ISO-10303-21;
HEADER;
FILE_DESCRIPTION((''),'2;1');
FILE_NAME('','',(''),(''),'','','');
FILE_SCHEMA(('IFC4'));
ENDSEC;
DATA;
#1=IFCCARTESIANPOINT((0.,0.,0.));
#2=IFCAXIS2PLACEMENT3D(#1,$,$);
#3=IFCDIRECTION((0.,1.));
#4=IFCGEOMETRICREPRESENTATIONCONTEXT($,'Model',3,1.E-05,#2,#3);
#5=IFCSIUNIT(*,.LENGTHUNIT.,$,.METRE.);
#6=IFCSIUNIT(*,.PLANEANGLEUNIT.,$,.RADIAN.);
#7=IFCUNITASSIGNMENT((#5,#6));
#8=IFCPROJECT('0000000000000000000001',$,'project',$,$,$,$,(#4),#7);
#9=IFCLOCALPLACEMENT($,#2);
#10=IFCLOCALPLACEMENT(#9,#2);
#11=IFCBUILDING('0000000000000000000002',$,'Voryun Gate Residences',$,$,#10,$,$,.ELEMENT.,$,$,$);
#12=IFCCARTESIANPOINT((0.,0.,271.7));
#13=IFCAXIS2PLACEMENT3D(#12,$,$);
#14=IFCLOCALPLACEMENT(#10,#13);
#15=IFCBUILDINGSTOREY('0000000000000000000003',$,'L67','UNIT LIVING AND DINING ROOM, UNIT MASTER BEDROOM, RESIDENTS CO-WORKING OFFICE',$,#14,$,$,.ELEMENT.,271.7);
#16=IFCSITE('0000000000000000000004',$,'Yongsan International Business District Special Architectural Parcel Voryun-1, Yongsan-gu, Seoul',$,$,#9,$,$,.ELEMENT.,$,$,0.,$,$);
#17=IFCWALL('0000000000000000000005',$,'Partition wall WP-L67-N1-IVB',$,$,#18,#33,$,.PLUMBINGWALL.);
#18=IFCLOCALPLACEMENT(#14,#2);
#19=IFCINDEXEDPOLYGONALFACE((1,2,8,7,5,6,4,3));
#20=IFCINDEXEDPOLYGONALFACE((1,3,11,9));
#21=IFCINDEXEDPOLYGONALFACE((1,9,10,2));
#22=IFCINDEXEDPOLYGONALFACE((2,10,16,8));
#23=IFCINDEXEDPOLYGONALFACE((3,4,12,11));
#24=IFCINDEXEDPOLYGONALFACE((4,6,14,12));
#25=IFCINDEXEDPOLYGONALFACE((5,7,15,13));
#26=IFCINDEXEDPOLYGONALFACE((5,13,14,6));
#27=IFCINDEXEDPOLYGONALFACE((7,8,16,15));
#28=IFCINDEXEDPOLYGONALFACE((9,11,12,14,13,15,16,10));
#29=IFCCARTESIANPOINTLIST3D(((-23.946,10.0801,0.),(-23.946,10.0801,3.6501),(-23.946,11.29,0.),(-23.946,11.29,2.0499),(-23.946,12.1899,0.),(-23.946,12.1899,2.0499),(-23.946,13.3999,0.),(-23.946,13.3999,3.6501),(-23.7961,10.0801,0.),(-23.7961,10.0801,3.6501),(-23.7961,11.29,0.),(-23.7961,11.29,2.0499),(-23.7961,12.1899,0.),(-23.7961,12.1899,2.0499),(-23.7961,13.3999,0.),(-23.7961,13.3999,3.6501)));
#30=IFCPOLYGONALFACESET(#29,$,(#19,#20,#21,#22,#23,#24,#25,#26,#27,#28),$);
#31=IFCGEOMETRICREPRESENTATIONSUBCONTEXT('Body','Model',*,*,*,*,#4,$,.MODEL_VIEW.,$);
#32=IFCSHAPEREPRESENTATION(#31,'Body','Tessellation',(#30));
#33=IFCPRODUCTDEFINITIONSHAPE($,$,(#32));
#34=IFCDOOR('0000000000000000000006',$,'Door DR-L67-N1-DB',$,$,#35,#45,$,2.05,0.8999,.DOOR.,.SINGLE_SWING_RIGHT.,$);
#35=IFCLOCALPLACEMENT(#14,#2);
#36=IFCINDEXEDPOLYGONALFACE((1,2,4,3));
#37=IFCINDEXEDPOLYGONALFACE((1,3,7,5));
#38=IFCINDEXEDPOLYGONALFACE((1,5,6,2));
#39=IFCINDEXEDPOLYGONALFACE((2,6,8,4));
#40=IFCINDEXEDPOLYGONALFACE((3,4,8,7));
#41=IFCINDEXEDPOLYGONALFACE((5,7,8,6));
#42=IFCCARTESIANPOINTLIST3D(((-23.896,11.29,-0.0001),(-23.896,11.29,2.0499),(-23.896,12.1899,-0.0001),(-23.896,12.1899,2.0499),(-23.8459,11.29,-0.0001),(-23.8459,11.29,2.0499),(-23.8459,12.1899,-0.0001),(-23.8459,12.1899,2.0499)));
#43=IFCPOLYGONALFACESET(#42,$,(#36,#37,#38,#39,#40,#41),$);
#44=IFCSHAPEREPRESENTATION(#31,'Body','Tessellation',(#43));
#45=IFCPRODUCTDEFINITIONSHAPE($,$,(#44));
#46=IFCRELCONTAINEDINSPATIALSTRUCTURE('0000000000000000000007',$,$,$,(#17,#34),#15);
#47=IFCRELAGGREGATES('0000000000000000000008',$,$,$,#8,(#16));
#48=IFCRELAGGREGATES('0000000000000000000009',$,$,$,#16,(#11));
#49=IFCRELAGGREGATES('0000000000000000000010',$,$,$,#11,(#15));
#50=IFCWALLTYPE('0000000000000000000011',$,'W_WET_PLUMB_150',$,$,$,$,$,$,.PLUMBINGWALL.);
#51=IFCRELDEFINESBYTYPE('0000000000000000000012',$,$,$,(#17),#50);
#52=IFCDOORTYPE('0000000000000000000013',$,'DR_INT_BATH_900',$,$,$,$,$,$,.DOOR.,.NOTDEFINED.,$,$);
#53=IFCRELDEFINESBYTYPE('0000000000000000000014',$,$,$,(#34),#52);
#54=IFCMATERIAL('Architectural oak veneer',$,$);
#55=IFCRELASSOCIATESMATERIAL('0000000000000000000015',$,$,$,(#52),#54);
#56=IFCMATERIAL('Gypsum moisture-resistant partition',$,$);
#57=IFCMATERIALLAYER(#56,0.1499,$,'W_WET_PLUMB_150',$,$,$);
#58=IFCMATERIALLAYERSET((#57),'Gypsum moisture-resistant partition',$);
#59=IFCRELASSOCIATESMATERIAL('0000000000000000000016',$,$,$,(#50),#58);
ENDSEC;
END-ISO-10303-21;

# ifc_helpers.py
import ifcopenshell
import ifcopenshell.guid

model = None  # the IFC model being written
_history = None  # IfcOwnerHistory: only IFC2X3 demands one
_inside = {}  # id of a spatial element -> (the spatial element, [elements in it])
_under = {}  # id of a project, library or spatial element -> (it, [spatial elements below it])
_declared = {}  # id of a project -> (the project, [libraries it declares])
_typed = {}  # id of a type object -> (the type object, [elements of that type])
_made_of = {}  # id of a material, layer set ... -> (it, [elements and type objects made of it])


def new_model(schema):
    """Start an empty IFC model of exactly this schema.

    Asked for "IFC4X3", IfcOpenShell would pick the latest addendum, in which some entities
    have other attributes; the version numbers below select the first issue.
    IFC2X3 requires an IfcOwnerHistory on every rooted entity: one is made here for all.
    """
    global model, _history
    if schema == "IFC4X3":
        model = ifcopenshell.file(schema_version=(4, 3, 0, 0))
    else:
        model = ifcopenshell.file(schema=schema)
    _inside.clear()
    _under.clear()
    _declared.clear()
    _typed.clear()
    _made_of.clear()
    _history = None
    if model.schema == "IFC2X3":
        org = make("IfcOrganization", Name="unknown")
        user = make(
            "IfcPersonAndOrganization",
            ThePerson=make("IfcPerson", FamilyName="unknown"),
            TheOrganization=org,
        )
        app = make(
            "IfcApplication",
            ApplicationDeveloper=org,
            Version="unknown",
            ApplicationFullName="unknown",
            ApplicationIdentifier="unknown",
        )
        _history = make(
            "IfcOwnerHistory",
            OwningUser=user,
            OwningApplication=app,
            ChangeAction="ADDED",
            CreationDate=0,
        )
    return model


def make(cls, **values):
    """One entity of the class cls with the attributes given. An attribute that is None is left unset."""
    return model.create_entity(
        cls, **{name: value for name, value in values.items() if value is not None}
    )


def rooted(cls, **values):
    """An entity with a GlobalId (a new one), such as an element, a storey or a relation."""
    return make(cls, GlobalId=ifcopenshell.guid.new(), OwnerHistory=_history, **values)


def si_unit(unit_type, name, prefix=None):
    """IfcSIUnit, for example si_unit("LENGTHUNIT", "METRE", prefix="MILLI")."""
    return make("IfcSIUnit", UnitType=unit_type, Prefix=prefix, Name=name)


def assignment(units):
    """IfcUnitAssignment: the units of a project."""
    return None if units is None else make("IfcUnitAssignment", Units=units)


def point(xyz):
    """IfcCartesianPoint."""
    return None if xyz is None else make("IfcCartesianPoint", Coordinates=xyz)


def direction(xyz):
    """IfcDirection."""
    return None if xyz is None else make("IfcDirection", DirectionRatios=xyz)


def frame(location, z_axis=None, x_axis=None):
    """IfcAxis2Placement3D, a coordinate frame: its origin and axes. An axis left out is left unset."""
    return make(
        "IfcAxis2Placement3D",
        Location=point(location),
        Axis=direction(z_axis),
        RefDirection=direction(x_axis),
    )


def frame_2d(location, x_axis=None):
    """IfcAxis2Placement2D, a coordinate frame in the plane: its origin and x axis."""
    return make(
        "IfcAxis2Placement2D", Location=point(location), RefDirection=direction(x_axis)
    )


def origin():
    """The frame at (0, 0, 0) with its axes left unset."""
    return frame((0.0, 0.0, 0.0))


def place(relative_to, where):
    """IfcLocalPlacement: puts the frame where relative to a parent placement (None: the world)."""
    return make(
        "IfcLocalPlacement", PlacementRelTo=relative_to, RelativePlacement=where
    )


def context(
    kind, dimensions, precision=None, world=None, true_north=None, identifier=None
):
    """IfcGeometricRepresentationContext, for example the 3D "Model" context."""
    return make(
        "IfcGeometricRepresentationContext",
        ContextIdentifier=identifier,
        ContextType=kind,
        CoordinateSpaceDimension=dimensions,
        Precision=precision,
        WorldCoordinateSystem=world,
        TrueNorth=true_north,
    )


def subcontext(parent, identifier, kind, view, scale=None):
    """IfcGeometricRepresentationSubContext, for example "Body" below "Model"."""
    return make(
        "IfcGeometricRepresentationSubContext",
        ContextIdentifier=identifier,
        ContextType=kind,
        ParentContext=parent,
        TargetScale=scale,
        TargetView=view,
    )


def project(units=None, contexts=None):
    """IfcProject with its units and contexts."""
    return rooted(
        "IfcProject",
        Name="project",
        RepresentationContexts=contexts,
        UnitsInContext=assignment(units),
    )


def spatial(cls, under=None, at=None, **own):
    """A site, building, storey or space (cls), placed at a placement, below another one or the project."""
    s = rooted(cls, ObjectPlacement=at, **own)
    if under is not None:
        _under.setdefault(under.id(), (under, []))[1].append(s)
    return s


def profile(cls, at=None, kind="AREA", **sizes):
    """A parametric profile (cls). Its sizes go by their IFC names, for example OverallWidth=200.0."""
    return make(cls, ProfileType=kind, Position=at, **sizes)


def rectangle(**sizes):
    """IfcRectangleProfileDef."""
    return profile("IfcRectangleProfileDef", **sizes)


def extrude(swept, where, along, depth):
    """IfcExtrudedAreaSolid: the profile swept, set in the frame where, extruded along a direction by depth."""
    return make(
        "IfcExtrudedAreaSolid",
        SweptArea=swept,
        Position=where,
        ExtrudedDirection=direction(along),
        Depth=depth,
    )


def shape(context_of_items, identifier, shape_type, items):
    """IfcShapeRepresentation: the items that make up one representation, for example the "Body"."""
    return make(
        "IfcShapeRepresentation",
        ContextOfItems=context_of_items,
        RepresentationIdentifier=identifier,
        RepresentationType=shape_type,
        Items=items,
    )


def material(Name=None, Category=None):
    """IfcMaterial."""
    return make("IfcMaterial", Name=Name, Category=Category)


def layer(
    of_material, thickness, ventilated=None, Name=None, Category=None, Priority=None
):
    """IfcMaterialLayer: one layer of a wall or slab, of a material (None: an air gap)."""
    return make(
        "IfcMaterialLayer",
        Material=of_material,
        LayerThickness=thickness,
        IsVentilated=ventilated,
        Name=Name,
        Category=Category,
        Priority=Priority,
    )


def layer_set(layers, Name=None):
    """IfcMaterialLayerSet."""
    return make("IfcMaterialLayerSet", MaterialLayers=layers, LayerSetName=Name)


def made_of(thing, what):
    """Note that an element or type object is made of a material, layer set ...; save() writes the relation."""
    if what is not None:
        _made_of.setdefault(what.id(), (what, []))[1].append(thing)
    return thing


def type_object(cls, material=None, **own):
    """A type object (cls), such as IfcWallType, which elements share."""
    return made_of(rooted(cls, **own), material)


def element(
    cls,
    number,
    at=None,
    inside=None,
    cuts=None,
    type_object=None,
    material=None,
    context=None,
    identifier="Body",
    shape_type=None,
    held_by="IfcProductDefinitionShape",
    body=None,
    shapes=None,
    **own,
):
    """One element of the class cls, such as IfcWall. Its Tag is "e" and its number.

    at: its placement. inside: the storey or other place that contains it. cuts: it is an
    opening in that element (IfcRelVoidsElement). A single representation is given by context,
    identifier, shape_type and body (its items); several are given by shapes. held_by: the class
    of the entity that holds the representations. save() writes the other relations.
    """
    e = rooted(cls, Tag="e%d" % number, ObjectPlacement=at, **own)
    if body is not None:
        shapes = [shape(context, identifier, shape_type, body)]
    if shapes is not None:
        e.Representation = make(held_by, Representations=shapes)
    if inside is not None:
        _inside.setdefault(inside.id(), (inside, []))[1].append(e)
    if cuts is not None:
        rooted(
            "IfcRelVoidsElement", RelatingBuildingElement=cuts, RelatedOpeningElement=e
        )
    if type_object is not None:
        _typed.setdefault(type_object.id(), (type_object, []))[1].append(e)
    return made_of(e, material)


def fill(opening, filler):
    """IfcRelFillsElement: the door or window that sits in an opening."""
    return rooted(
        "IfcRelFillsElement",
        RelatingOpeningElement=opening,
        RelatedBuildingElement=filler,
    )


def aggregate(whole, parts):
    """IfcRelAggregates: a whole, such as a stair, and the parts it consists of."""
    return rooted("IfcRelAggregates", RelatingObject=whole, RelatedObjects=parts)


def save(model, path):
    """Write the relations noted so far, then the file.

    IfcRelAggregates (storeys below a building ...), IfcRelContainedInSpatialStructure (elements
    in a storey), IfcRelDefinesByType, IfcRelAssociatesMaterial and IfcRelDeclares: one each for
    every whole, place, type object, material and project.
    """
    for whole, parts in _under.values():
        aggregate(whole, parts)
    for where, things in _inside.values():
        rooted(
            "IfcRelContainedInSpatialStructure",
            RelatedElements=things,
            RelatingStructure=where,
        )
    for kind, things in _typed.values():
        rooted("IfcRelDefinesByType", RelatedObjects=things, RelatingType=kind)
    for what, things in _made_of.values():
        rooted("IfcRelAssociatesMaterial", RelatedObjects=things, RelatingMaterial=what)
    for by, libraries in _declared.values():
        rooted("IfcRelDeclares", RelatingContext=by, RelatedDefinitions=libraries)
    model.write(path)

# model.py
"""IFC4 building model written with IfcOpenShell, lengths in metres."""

from ifc_helpers import new_model, si_unit, direction, frame, frame_2d, origin, place, context, subcontext, project, spatial, rectangle, extrude, material, layer, layer_set, type_object, element, fill, save


model = new_model("IFC4")

# Units and contexts
model_context = context("Model", 3, precision=1e-05, world=origin(), true_north=direction((0.0, 1.0)))
body_context = subcontext(model_context, "Body", "Model", "MODEL_VIEW")
ifc_project = project(units=[si_unit("LENGTHUNIT", "METRE"), si_unit("PLANEANGLEUNIT", "RADIAN")], contexts=[model_context])

# Site, building, storey
site_placement = place(None, origin())
site = spatial("IfcSite", under=ifc_project, at=site_placement, Name="Yongsan International Business District Special Architectural Parcel Voryun-1, Yongsan-gu, Seoul", CompositionType="ELEMENT", RefElevation=0.0)
building_placement = place(site_placement, origin())
building = spatial("IfcBuilding", under=site, at=building_placement, Name="Voryun Gate Residences", CompositionType="ELEMENT")
storey_placement = place(building_placement, frame((0.0, 0.0, 271.7)))
storey = spatial("IfcBuildingStorey", under=building, at=storey_placement, Name="L67", Description="UNIT LIVING AND DINING ROOM, UNIT MASTER BEDROOM, RESIDENTS CO-WORKING OFFICE", CompositionType="ELEMENT", Elevation=271.7)

# Shared definitions
ifc_material_1 = material(Name="Architectural oak veneer")
door_type_1 = type_object("IfcDoorType", Name="DR_INT_BATH_900", OperationType="NOTDEFINED", PredefinedType="DOOR", material=ifc_material_1)

# Shared definitions
ifc_material_2 = material(Name="Gypsum moisture-resistant partition")
ifc_layer_1 = layer(ifc_material_2, 0.1499, Name="W_WET_PLUMB_150")
ifc_layer_set_1 = layer_set([ifc_layer_1], Name="Gypsum moisture-resistant partition")
wall_type_1 = type_object("IfcWallType", Name="W_WET_PLUMB_150", PredefinedType="PLUMBINGWALL", material=ifc_layer_set_1)

# Wall, opening, door
wall_1_placement = place(storey_placement, frame((-23.8711, 10.0801, 0.0), z_axis=(0.0, 0.0, 1.0), x_axis=(0.0, 1.0, 0.0)))
wall_1 = element("IfcWall", 1, at=wall_1_placement, inside=storey, type_object=wall_type_1, Name="Partition wall WP-L67-N1-IVB", PredefinedType="PLUMBINGWALL", context=body_context, shape_type="SweptSolid", body=[
    extrude(rectangle(XDim=3.3198, YDim=0.1499, at=frame_2d((1.6599, 0.0))), origin(), (0.0, 0.0, 1.0), 3.6501),
])
opening_1_placement = place(wall_1_placement, frame((1.21, 0.0, 0.0)))
opening_1 = element("IfcOpeningElement", 2, at=opening_1_placement, cuts=wall_1, PredefinedType="OPENING", context=body_context, shape_type="SweptSolid", body=[
    extrude(rectangle(XDim=0.8999, YDim=2.05, at=frame_2d((0.45, 1.0249))), frame((0.0, 0.085, 0.0), z_axis=(0.0, -1.0, 0.0), x_axis=(1.0, 0.0, 0.0)), (0.0, 0.0, 1.0), 0.1699),
])
door_1_placement = place(opening_1_placement, origin())
door_1 = element("IfcDoor", 3, at=door_1_placement, inside=storey, type_object=door_type_1, Name="Door DR-L67-N1-DB", OperationType="SINGLE_SWING_RIGHT", OverallHeight=2.05, OverallWidth=0.8999, PredefinedType="DOOR", context=body_context, shape_type="SweptSolid", body=[
    extrude(rectangle(XDim=0.8999, YDim=2.05, at=frame_2d((0.45, 1.0249))), frame((0.0, 0.0249, 0.0), z_axis=(0.0, -1.0, 0.0), x_axis=(1.0, 0.0, 0.0)), (0.0, 0.0, 1.0), 0.05),
])
fill(opening_1, door_1)

save(model, "model.ifc")
